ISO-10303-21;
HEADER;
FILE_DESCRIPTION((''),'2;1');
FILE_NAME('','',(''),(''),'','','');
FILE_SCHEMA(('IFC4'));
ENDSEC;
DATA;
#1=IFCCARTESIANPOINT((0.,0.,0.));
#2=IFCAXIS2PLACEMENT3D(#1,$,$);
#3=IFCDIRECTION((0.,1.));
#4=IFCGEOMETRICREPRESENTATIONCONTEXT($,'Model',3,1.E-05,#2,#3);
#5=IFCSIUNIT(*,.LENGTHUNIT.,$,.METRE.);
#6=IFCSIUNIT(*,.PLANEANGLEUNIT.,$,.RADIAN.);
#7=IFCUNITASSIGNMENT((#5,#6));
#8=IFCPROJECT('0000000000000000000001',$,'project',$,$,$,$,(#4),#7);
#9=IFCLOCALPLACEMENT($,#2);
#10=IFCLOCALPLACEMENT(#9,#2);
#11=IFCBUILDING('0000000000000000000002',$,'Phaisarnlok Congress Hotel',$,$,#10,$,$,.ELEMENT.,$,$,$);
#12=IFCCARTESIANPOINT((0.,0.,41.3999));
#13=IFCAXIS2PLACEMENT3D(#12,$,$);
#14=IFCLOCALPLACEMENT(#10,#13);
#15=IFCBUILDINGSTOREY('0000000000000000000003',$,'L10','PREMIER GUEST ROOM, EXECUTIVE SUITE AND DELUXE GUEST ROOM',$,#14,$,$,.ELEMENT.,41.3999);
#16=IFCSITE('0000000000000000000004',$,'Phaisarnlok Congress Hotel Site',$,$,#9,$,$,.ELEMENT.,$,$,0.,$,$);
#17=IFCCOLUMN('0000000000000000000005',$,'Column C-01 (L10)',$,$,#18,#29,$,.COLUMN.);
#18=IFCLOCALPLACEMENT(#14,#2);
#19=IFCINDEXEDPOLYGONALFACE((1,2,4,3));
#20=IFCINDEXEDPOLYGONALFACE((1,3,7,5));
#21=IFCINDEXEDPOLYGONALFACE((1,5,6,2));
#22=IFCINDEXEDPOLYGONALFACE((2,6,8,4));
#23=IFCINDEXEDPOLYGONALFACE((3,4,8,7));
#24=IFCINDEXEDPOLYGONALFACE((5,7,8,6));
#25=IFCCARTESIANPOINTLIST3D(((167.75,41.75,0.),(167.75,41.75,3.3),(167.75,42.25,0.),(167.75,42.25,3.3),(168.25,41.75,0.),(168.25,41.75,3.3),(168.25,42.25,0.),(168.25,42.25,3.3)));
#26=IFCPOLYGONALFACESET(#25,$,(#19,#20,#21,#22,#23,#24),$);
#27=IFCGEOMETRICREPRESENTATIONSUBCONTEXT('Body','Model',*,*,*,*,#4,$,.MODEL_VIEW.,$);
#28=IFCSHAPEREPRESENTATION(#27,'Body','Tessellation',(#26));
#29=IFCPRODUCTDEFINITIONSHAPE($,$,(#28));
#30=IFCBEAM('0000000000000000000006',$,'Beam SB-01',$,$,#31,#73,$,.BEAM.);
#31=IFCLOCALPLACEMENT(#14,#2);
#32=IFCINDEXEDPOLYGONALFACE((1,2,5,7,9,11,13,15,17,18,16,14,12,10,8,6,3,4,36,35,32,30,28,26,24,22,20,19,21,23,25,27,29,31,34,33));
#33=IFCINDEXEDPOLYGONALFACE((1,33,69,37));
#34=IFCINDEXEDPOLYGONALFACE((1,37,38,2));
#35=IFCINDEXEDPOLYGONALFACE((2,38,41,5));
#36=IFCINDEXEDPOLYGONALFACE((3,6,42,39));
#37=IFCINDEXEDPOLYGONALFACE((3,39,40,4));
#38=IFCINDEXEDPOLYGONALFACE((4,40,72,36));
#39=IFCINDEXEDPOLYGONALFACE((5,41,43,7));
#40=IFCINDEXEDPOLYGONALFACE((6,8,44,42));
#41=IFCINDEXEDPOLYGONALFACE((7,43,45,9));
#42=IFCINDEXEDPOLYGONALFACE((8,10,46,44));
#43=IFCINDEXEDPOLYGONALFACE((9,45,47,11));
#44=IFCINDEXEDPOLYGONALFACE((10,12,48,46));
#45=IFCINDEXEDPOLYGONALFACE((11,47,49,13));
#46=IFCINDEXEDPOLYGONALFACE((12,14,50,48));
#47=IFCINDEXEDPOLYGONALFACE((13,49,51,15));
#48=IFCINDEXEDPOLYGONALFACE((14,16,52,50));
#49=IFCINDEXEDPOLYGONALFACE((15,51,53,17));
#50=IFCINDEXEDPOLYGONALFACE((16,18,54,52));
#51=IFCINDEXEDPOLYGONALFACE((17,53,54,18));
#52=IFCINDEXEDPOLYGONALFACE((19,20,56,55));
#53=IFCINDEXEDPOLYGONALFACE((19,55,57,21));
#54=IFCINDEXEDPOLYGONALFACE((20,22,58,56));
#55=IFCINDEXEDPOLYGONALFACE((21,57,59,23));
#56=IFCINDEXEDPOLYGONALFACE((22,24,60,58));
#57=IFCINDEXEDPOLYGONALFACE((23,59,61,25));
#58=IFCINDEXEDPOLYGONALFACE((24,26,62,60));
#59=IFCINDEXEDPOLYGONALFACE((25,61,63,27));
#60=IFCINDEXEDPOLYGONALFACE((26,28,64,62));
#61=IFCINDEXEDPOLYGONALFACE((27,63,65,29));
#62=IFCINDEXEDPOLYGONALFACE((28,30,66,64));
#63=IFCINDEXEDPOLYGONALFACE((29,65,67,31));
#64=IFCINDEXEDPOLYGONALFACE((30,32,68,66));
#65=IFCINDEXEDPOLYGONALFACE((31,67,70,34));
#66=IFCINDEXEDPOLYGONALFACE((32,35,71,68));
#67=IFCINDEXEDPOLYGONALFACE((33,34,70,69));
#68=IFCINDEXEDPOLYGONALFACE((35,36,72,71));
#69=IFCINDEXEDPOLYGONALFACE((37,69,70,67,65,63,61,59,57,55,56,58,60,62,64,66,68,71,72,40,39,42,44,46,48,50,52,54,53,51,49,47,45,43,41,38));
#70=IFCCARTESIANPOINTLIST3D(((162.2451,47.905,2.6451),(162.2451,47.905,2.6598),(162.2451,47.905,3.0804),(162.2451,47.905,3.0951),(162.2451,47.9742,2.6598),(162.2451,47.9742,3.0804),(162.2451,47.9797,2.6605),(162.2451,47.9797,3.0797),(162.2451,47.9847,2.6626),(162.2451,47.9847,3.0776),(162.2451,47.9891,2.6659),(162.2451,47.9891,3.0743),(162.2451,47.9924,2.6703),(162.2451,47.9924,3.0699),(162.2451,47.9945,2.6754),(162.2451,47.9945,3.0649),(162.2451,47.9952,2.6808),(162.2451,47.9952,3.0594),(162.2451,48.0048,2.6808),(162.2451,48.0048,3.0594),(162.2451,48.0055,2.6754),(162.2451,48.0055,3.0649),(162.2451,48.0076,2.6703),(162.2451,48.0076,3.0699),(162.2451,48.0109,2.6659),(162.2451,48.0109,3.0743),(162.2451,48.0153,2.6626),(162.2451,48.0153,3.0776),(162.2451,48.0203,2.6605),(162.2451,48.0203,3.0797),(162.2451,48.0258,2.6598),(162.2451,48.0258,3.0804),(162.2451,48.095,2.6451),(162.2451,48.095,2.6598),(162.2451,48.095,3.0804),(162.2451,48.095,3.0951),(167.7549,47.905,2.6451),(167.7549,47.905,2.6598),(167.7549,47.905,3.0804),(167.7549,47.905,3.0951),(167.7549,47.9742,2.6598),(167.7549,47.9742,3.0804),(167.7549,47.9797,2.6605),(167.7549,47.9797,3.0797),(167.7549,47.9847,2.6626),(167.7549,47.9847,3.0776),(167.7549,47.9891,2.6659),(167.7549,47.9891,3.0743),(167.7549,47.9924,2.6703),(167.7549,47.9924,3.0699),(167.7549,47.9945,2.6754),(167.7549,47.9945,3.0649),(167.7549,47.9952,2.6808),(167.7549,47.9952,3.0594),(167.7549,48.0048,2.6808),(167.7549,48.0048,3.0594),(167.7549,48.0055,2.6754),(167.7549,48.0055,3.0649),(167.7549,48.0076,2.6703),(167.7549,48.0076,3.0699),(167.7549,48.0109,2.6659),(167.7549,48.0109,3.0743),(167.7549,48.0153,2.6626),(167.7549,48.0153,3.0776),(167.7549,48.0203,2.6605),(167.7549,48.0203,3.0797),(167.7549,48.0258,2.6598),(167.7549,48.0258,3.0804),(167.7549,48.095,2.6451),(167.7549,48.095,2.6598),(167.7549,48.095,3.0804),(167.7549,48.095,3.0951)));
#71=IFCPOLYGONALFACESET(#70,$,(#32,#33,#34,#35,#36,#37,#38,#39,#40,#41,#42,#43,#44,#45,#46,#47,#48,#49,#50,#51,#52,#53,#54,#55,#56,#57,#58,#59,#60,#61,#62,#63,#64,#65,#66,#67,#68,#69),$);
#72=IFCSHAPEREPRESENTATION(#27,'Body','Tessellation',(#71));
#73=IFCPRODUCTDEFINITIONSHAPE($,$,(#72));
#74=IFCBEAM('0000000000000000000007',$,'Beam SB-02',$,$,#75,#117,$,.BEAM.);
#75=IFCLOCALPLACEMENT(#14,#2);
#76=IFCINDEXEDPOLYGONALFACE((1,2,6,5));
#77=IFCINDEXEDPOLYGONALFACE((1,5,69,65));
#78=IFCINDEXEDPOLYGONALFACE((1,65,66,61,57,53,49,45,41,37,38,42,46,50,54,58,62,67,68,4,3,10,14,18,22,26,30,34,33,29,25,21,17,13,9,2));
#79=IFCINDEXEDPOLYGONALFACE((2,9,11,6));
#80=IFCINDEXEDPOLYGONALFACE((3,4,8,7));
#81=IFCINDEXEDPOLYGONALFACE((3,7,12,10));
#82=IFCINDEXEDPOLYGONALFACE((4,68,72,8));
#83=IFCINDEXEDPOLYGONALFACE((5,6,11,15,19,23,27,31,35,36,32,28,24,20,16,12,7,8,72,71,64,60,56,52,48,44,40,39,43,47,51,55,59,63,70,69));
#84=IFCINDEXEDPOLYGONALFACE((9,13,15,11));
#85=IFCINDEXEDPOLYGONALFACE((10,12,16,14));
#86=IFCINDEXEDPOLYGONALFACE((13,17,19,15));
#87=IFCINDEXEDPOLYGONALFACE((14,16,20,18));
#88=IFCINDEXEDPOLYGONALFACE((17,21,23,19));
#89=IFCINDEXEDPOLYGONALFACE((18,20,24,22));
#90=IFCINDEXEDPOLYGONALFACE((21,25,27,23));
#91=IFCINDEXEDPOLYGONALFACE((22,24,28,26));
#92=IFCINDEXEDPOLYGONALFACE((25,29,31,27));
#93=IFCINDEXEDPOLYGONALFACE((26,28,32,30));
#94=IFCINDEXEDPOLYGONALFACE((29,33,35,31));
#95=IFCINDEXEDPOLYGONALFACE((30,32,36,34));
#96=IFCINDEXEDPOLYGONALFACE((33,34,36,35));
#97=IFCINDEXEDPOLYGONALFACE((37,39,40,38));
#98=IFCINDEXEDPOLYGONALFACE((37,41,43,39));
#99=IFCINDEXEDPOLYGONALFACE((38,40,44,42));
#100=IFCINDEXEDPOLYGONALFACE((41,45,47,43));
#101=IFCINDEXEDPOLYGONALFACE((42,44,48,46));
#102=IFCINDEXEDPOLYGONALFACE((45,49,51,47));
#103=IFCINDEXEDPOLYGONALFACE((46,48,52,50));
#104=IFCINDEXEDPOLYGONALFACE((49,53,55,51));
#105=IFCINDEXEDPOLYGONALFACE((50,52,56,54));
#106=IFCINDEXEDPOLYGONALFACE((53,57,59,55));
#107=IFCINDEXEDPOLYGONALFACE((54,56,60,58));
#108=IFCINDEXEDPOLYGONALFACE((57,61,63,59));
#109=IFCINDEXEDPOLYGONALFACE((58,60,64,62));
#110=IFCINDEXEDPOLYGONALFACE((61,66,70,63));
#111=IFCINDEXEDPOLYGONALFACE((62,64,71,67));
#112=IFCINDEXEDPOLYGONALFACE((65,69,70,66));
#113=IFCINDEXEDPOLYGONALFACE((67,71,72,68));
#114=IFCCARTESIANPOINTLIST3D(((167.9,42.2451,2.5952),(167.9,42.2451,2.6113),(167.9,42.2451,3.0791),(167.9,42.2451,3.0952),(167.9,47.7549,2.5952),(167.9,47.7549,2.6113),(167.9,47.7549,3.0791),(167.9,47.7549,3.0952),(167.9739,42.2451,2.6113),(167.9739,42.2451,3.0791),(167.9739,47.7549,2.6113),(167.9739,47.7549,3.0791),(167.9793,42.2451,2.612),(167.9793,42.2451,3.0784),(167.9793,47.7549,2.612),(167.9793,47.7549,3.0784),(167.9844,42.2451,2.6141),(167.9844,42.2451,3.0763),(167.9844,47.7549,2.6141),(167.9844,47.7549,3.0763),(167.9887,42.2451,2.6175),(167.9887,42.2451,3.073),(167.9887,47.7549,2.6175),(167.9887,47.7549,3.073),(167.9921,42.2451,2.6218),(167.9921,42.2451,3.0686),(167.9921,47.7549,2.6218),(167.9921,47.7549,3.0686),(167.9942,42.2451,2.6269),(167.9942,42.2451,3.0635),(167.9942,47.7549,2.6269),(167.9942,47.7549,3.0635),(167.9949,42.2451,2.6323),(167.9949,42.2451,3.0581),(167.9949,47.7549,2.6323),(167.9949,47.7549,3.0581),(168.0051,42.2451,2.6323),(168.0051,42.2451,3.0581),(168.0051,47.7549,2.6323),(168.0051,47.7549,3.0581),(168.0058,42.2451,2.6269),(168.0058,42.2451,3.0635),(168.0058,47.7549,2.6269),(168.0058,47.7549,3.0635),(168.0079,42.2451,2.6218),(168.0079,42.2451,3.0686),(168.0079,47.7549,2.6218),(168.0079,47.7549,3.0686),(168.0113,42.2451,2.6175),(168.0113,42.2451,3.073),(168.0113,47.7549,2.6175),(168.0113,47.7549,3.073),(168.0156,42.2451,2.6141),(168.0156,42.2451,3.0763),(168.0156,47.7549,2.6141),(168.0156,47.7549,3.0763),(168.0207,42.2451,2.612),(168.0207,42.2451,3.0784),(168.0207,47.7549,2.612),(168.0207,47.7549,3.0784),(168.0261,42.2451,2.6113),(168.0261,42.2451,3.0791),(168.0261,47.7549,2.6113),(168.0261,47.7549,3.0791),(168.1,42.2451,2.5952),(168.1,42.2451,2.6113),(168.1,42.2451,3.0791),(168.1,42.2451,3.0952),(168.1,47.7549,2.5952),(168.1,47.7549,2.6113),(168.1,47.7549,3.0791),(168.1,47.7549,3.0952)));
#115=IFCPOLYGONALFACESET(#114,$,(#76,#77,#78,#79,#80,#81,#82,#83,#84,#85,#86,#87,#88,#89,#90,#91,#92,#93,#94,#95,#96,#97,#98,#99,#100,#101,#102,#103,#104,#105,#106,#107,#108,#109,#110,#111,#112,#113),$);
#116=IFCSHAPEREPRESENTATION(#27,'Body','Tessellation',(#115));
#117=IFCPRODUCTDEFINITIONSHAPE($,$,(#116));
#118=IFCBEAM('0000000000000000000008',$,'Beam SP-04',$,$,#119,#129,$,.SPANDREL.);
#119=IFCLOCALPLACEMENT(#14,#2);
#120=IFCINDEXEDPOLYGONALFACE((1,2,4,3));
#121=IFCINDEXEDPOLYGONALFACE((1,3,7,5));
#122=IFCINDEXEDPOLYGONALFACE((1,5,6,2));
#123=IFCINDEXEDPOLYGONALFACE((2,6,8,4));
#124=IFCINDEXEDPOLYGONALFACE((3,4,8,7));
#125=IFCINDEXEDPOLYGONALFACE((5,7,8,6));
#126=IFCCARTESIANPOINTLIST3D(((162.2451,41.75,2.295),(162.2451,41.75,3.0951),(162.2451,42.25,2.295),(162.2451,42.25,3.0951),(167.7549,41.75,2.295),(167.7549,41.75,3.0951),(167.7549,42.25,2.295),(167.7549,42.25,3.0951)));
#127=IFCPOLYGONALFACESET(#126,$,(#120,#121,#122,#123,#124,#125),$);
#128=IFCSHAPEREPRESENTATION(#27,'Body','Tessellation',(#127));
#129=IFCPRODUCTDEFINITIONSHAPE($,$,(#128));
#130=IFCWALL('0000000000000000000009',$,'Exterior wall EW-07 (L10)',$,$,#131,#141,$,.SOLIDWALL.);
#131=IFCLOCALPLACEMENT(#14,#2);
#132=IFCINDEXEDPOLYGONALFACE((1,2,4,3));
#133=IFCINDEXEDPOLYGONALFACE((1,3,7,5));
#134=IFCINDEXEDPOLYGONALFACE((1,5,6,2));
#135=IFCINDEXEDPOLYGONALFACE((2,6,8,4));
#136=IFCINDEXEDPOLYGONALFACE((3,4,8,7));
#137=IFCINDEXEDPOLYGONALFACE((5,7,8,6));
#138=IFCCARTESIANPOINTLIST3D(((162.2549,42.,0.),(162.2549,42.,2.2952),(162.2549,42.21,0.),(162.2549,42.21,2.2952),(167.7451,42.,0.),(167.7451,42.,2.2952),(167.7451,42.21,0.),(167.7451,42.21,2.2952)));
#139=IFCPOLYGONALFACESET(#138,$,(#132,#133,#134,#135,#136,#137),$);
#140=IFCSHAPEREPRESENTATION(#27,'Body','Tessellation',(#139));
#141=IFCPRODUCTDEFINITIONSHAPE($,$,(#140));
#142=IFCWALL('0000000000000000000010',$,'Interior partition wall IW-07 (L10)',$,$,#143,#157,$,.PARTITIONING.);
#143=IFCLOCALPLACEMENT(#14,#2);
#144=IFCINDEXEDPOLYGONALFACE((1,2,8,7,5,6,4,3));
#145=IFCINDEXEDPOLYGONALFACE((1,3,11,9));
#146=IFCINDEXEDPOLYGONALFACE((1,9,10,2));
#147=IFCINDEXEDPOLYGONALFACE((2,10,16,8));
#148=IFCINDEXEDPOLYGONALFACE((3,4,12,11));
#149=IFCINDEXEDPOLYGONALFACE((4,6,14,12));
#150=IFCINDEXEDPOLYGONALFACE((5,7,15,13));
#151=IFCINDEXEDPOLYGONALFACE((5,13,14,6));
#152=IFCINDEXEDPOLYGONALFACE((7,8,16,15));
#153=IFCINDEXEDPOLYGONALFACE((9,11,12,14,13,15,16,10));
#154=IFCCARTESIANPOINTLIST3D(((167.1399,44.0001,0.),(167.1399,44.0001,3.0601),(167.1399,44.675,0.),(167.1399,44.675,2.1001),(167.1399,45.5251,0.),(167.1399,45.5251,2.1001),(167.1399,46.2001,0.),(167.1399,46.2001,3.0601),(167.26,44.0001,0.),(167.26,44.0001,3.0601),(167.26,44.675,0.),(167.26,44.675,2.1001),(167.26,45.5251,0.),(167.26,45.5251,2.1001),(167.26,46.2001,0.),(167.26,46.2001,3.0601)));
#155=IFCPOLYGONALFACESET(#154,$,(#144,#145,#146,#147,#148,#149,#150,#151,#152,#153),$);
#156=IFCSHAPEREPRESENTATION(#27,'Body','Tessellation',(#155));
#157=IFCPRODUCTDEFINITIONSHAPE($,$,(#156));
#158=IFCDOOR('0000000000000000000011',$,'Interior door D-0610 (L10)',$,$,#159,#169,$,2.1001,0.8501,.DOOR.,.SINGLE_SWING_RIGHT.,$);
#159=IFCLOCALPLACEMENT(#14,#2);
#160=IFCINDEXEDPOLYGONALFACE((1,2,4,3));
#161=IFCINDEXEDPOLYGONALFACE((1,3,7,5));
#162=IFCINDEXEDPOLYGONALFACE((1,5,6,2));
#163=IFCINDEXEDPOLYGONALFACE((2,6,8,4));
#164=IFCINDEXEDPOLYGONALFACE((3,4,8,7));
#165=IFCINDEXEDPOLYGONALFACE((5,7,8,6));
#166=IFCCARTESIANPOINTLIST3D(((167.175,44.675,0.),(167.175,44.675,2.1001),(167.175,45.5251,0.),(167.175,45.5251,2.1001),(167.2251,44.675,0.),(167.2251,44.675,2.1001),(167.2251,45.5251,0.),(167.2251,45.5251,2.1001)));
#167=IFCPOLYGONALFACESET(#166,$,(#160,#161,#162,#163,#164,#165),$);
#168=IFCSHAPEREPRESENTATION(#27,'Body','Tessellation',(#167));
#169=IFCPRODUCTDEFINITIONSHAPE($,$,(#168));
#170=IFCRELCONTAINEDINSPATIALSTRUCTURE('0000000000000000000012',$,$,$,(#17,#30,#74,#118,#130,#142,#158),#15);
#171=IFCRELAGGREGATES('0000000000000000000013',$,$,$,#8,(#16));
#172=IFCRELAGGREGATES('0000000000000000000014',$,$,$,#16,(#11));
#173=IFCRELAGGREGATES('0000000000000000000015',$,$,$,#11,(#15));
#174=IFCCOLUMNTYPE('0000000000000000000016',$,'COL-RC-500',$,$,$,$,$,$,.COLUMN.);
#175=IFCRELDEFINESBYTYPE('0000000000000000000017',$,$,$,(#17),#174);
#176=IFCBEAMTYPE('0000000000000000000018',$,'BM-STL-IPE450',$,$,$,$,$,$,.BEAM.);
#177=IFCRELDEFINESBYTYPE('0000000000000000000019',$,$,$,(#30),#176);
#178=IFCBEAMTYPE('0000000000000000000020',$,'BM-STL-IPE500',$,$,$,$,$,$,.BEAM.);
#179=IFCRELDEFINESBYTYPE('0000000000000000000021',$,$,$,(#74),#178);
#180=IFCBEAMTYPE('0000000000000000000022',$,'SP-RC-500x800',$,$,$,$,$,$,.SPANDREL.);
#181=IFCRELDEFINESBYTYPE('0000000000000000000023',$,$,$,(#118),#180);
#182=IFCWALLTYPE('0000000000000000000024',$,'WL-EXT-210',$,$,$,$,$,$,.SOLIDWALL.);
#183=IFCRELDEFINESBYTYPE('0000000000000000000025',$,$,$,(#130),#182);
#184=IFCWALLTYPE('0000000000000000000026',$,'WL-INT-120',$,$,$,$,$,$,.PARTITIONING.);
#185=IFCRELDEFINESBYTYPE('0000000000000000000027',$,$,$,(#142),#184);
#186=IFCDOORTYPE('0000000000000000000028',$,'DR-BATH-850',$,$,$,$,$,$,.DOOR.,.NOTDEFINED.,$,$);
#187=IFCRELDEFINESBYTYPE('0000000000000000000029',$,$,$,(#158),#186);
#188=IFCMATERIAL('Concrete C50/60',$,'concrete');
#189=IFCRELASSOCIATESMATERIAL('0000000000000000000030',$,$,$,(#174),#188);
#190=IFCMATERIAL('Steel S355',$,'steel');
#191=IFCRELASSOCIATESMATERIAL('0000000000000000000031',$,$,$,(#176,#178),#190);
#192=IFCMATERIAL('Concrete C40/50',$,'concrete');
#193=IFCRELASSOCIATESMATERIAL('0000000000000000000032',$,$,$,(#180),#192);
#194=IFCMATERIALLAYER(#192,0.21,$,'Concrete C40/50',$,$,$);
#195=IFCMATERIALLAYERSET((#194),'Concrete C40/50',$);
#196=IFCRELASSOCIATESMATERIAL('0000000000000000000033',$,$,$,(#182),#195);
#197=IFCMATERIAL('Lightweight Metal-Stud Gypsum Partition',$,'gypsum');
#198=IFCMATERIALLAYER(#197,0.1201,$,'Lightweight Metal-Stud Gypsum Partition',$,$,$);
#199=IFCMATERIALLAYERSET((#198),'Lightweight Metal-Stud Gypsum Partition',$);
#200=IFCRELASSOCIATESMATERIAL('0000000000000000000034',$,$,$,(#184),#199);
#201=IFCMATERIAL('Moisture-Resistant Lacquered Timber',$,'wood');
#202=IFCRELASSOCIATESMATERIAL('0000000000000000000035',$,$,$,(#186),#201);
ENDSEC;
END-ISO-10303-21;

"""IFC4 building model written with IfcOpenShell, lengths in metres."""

from ifc_helpers import new_model, si_unit, direction, frame, frame_2d, origin, origin_2d, place, context, subcontext, project, spatial, rectangle, i_section, extrude, material, layer, layer_set, material_profile, profile_set, type_object, element, fill, save


model = new_model("IFC4")

# Units and contexts
model_context = context("Model", 3, precision=1e-05, world=origin(), true_north=direction((0.0, 1.0)))
body_context = subcontext(model_context, "Body", "Model", "MODEL_VIEW")
ifc_project = project(units=[si_unit("LENGTHUNIT", "METRE"), si_unit("PLANEANGLEUNIT", "RADIAN")], contexts=[model_context])

# Site, building, storey
site_placement = place(None, origin())
site = spatial("IfcSite", under=ifc_project, at=site_placement, Name="Phaisarnlok Congress Hotel Site", CompositionType="ELEMENT", RefElevation=0.0)
building_placement = place(site_placement, origin())
building = spatial("IfcBuilding", under=site, at=building_placement, Name="Phaisarnlok Congress Hotel", CompositionType="ELEMENT")
storey_placement = place(building_placement, frame((0.0, 0.0, 41.3999)))
storey = spatial("IfcBuildingStorey", under=building, at=storey_placement, Name="L10", Description="PREMIER GUEST ROOM, EXECUTIVE SUITE AND DELUXE GUEST ROOM", CompositionType="ELEMENT", Elevation=41.3999)

# Column
ifc_material_1 = material(Name="Concrete C50/60", Category="concrete")
ifc_material_profile_1 = material_profile(ifc_material_1, rectangle(XDim=0.5, YDim=0.5, at=origin_2d()), Name="RC 500x500")
ifc_profile_set_1 = profile_set([ifc_material_profile_1], Name="Concrete C50/60")
column_type = type_object("IfcColumnType", Name="COL-RC-500", PredefinedType="COLUMN", material=ifc_profile_set_1)
column_placement = place(storey_placement, frame((168.0, 42.0, 0.0), z_axis=(0.0, 0.0, 1.0), x_axis=(1.0, 0.0, 0.0)))
element("IfcColumn", 1, at=column_placement, inside=storey, type_object=column_type, Name="Column C-01 (L10)", PredefinedType="COLUMN", context=body_context, shape_type="SweptSolid", body=[
    extrude(rectangle(XDim=0.5, YDim=0.5, at=origin_2d()), origin(), (0.0, 0.0, 1.0), 3.3),
])

# Beams
ifc_material_2 = material(Name="Steel S355", Category="steel")
ifc_material_profile_2 = material_profile(ifc_material_2, i_section(OverallWidth=0.1899, OverallDepth=0.45, WebThickness=0.0095, FlangeThickness=0.0146, FilletRadius=0.021, at=origin_2d()), Name="IPE 450")
ifc_profile_set_2 = profile_set([ifc_material_profile_2], Name="Steel S355")
beam_type_1 = type_object("IfcBeamType", Name="BM-STL-IPE450", PredefinedType="BEAM", material=ifc_profile_set_2)
beam_1_placement = place(storey_placement, frame((162.2451, 48.0, 2.8701), z_axis=(1.0, 0.0, 0.0), x_axis=(0.0, 1.0, 0.0)))
element("IfcBeam", 2, at=beam_1_placement, inside=storey, type_object=beam_type_1, Name="Beam SB-01", PredefinedType="BEAM", context=body_context, shape_type="SweptSolid", body=[
    extrude(i_section(OverallWidth=0.1899, OverallDepth=0.45, WebThickness=0.0095, FlangeThickness=0.0146, FilletRadius=0.021, at=origin_2d()), origin(), (0.0, 0.0, 1.0), 5.5098),
])
ifc_material_profile_3 = material_profile(ifc_material_2, i_section(OverallWidth=0.2, OverallDepth=0.5, WebThickness=0.0103, FlangeThickness=0.0161, FilletRadius=0.021, at=origin_2d()), Name="IPE 500")
ifc_profile_set_3 = profile_set([ifc_material_profile_3], Name="Steel S355")
beam_type_2 = type_object("IfcBeamType", Name="BM-STL-IPE500", PredefinedType="BEAM", material=ifc_profile_set_3)
beam_2_placement = place(storey_placement, frame((168.0, 42.2451, 2.8452), z_axis=(0.0, 1.0, 0.0), x_axis=(-1.0, 0.0, 0.0)))
element("IfcBeam", 3, at=beam_2_placement, inside=storey, type_object=beam_type_2, Name="Beam SB-02", PredefinedType="BEAM", context=body_context, shape_type="SweptSolid", body=[
    extrude(i_section(OverallWidth=0.2, OverallDepth=0.5, WebThickness=0.0103, FlangeThickness=0.0161, FilletRadius=0.021, at=origin_2d()), origin(), (0.0, 0.0, 1.0), 5.5098),
])
ifc_material_3 = material(Name="Concrete C40/50", Category="concrete")
ifc_material_profile_4 = material_profile(ifc_material_3, rectangle(XDim=0.5, YDim=0.8, at=origin_2d()), Name="RC 500x800")
ifc_profile_set_4 = profile_set([ifc_material_profile_4], Name="Concrete C40/50")
beam_type_3 = type_object("IfcBeamType", Name="SP-RC-500x800", PredefinedType="SPANDREL", material=ifc_profile_set_4)
beam_3_placement = place(storey_placement, frame((162.2451, 42.0, 2.6951), z_axis=(1.0, 0.0, 0.0), x_axis=(0.0, 1.0, 0.0)))
element("IfcBeam", 4, at=beam_3_placement, inside=storey, type_object=beam_type_3, Name="Beam SP-04", PredefinedType="SPANDREL", context=body_context, shape_type="SweptSolid", body=[
    extrude(rectangle(XDim=0.5, YDim=0.8, at=origin_2d()), origin(), (0.0, 0.0, 1.0), 5.5098),
])

# Wall
ifc_layer_1 = layer(ifc_material_3, 0.21, Name="Concrete C40/50")
ifc_layer_set_1 = layer_set([ifc_layer_1], Name="Concrete C40/50")
wall_type_1 = type_object("IfcWallType", Name="WL-EXT-210", PredefinedType="SOLIDWALL", material=ifc_layer_set_1)
wall_1_placement = place(storey_placement, frame((162.2549, 42.105, 0.0), z_axis=(0.0, 0.0, 1.0), x_axis=(1.0, 0.0, 0.0)))
element("IfcWall", 5, at=wall_1_placement, inside=storey, type_object=wall_type_1, Name="Exterior wall EW-07 (L10)", PredefinedType="SOLIDWALL", context=body_context, shape_type="SweptSolid", body=[
    extrude(rectangle(XDim=5.4902, YDim=0.21, at=frame_2d((2.7451, 0.0))), origin(), (0.0, 0.0, 1.0), 2.2952),
])

# Wall, opening, door
ifc_material_4 = material(Name="Lightweight Metal-Stud Gypsum Partition", Category="gypsum")
ifc_layer_2 = layer(ifc_material_4, 0.1201, Name="Lightweight Metal-Stud Gypsum Partition")
ifc_layer_set_2 = layer_set([ifc_layer_2], Name="Lightweight Metal-Stud Gypsum Partition")
wall_type_2 = type_object("IfcWallType", Name="WL-INT-120", PredefinedType="PARTITIONING", material=ifc_layer_set_2)
wall_2_placement = place(storey_placement, frame((167.2, 44.0, 0.0), z_axis=(0.0, 0.0, 1.0), x_axis=(0.0, 1.0, 0.0)))
wall_2 = element("IfcWall", 6, at=wall_2_placement, inside=storey, type_object=wall_type_2, Name="Interior partition wall IW-07 (L10)", PredefinedType="PARTITIONING", context=body_context, shape_type="SweptSolid", body=[
    extrude(rectangle(XDim=2.2, YDim=0.1201, at=frame_2d((1.1001, 0.0))), origin(), (0.0, 0.0, 1.0), 3.0601),
])
opening_placement = place(wall_2_placement, frame((0.675, 0.0, 0.0)))
opening = element("IfcOpeningElement", 7, at=opening_placement, cuts=wall_2, PredefinedType="OPENING", context=body_context, shape_type="SweptSolid", body=[
    extrude(rectangle(XDim=0.8501, YDim=2.1001, at=frame_2d((0.425, 1.05))), frame((0.0, 0.0701, 0.0), z_axis=(0.0, -1.0, 0.0), x_axis=(1.0, 0.0, 0.0)), (0.0, 0.0, 1.0), 0.1401),
])
ifc_material_5 = material(Name="Moisture-Resistant Lacquered Timber", Category="wood")
door_type = type_object("IfcDoorType", Name="DR-BATH-850", OperationType="NOTDEFINED", PredefinedType="DOOR", material=ifc_material_5)
door_placement = place(opening_placement, origin())
door = element("IfcDoor", 8, at=door_placement, inside=storey, type_object=door_type, Name="Interior door D-0610 (L10)", OperationType="SINGLE_SWING_RIGHT", OverallHeight=2.1001, OverallWidth=0.8501, PredefinedType="DOOR", context=body_context, shape_type="SweptSolid", body=[
    extrude(rectangle(XDim=0.8501, YDim=2.1001, at=frame_2d((0.425, 1.05))), frame((0.0, 0.0249, 0.0), z_axis=(0.0, -1.0, 0.0), x_axis=(1.0, 0.0, 0.0)), (0.0, 0.0, 1.0), 0.05),
])
fill(opening, door)

save(model, "model.ifc")
